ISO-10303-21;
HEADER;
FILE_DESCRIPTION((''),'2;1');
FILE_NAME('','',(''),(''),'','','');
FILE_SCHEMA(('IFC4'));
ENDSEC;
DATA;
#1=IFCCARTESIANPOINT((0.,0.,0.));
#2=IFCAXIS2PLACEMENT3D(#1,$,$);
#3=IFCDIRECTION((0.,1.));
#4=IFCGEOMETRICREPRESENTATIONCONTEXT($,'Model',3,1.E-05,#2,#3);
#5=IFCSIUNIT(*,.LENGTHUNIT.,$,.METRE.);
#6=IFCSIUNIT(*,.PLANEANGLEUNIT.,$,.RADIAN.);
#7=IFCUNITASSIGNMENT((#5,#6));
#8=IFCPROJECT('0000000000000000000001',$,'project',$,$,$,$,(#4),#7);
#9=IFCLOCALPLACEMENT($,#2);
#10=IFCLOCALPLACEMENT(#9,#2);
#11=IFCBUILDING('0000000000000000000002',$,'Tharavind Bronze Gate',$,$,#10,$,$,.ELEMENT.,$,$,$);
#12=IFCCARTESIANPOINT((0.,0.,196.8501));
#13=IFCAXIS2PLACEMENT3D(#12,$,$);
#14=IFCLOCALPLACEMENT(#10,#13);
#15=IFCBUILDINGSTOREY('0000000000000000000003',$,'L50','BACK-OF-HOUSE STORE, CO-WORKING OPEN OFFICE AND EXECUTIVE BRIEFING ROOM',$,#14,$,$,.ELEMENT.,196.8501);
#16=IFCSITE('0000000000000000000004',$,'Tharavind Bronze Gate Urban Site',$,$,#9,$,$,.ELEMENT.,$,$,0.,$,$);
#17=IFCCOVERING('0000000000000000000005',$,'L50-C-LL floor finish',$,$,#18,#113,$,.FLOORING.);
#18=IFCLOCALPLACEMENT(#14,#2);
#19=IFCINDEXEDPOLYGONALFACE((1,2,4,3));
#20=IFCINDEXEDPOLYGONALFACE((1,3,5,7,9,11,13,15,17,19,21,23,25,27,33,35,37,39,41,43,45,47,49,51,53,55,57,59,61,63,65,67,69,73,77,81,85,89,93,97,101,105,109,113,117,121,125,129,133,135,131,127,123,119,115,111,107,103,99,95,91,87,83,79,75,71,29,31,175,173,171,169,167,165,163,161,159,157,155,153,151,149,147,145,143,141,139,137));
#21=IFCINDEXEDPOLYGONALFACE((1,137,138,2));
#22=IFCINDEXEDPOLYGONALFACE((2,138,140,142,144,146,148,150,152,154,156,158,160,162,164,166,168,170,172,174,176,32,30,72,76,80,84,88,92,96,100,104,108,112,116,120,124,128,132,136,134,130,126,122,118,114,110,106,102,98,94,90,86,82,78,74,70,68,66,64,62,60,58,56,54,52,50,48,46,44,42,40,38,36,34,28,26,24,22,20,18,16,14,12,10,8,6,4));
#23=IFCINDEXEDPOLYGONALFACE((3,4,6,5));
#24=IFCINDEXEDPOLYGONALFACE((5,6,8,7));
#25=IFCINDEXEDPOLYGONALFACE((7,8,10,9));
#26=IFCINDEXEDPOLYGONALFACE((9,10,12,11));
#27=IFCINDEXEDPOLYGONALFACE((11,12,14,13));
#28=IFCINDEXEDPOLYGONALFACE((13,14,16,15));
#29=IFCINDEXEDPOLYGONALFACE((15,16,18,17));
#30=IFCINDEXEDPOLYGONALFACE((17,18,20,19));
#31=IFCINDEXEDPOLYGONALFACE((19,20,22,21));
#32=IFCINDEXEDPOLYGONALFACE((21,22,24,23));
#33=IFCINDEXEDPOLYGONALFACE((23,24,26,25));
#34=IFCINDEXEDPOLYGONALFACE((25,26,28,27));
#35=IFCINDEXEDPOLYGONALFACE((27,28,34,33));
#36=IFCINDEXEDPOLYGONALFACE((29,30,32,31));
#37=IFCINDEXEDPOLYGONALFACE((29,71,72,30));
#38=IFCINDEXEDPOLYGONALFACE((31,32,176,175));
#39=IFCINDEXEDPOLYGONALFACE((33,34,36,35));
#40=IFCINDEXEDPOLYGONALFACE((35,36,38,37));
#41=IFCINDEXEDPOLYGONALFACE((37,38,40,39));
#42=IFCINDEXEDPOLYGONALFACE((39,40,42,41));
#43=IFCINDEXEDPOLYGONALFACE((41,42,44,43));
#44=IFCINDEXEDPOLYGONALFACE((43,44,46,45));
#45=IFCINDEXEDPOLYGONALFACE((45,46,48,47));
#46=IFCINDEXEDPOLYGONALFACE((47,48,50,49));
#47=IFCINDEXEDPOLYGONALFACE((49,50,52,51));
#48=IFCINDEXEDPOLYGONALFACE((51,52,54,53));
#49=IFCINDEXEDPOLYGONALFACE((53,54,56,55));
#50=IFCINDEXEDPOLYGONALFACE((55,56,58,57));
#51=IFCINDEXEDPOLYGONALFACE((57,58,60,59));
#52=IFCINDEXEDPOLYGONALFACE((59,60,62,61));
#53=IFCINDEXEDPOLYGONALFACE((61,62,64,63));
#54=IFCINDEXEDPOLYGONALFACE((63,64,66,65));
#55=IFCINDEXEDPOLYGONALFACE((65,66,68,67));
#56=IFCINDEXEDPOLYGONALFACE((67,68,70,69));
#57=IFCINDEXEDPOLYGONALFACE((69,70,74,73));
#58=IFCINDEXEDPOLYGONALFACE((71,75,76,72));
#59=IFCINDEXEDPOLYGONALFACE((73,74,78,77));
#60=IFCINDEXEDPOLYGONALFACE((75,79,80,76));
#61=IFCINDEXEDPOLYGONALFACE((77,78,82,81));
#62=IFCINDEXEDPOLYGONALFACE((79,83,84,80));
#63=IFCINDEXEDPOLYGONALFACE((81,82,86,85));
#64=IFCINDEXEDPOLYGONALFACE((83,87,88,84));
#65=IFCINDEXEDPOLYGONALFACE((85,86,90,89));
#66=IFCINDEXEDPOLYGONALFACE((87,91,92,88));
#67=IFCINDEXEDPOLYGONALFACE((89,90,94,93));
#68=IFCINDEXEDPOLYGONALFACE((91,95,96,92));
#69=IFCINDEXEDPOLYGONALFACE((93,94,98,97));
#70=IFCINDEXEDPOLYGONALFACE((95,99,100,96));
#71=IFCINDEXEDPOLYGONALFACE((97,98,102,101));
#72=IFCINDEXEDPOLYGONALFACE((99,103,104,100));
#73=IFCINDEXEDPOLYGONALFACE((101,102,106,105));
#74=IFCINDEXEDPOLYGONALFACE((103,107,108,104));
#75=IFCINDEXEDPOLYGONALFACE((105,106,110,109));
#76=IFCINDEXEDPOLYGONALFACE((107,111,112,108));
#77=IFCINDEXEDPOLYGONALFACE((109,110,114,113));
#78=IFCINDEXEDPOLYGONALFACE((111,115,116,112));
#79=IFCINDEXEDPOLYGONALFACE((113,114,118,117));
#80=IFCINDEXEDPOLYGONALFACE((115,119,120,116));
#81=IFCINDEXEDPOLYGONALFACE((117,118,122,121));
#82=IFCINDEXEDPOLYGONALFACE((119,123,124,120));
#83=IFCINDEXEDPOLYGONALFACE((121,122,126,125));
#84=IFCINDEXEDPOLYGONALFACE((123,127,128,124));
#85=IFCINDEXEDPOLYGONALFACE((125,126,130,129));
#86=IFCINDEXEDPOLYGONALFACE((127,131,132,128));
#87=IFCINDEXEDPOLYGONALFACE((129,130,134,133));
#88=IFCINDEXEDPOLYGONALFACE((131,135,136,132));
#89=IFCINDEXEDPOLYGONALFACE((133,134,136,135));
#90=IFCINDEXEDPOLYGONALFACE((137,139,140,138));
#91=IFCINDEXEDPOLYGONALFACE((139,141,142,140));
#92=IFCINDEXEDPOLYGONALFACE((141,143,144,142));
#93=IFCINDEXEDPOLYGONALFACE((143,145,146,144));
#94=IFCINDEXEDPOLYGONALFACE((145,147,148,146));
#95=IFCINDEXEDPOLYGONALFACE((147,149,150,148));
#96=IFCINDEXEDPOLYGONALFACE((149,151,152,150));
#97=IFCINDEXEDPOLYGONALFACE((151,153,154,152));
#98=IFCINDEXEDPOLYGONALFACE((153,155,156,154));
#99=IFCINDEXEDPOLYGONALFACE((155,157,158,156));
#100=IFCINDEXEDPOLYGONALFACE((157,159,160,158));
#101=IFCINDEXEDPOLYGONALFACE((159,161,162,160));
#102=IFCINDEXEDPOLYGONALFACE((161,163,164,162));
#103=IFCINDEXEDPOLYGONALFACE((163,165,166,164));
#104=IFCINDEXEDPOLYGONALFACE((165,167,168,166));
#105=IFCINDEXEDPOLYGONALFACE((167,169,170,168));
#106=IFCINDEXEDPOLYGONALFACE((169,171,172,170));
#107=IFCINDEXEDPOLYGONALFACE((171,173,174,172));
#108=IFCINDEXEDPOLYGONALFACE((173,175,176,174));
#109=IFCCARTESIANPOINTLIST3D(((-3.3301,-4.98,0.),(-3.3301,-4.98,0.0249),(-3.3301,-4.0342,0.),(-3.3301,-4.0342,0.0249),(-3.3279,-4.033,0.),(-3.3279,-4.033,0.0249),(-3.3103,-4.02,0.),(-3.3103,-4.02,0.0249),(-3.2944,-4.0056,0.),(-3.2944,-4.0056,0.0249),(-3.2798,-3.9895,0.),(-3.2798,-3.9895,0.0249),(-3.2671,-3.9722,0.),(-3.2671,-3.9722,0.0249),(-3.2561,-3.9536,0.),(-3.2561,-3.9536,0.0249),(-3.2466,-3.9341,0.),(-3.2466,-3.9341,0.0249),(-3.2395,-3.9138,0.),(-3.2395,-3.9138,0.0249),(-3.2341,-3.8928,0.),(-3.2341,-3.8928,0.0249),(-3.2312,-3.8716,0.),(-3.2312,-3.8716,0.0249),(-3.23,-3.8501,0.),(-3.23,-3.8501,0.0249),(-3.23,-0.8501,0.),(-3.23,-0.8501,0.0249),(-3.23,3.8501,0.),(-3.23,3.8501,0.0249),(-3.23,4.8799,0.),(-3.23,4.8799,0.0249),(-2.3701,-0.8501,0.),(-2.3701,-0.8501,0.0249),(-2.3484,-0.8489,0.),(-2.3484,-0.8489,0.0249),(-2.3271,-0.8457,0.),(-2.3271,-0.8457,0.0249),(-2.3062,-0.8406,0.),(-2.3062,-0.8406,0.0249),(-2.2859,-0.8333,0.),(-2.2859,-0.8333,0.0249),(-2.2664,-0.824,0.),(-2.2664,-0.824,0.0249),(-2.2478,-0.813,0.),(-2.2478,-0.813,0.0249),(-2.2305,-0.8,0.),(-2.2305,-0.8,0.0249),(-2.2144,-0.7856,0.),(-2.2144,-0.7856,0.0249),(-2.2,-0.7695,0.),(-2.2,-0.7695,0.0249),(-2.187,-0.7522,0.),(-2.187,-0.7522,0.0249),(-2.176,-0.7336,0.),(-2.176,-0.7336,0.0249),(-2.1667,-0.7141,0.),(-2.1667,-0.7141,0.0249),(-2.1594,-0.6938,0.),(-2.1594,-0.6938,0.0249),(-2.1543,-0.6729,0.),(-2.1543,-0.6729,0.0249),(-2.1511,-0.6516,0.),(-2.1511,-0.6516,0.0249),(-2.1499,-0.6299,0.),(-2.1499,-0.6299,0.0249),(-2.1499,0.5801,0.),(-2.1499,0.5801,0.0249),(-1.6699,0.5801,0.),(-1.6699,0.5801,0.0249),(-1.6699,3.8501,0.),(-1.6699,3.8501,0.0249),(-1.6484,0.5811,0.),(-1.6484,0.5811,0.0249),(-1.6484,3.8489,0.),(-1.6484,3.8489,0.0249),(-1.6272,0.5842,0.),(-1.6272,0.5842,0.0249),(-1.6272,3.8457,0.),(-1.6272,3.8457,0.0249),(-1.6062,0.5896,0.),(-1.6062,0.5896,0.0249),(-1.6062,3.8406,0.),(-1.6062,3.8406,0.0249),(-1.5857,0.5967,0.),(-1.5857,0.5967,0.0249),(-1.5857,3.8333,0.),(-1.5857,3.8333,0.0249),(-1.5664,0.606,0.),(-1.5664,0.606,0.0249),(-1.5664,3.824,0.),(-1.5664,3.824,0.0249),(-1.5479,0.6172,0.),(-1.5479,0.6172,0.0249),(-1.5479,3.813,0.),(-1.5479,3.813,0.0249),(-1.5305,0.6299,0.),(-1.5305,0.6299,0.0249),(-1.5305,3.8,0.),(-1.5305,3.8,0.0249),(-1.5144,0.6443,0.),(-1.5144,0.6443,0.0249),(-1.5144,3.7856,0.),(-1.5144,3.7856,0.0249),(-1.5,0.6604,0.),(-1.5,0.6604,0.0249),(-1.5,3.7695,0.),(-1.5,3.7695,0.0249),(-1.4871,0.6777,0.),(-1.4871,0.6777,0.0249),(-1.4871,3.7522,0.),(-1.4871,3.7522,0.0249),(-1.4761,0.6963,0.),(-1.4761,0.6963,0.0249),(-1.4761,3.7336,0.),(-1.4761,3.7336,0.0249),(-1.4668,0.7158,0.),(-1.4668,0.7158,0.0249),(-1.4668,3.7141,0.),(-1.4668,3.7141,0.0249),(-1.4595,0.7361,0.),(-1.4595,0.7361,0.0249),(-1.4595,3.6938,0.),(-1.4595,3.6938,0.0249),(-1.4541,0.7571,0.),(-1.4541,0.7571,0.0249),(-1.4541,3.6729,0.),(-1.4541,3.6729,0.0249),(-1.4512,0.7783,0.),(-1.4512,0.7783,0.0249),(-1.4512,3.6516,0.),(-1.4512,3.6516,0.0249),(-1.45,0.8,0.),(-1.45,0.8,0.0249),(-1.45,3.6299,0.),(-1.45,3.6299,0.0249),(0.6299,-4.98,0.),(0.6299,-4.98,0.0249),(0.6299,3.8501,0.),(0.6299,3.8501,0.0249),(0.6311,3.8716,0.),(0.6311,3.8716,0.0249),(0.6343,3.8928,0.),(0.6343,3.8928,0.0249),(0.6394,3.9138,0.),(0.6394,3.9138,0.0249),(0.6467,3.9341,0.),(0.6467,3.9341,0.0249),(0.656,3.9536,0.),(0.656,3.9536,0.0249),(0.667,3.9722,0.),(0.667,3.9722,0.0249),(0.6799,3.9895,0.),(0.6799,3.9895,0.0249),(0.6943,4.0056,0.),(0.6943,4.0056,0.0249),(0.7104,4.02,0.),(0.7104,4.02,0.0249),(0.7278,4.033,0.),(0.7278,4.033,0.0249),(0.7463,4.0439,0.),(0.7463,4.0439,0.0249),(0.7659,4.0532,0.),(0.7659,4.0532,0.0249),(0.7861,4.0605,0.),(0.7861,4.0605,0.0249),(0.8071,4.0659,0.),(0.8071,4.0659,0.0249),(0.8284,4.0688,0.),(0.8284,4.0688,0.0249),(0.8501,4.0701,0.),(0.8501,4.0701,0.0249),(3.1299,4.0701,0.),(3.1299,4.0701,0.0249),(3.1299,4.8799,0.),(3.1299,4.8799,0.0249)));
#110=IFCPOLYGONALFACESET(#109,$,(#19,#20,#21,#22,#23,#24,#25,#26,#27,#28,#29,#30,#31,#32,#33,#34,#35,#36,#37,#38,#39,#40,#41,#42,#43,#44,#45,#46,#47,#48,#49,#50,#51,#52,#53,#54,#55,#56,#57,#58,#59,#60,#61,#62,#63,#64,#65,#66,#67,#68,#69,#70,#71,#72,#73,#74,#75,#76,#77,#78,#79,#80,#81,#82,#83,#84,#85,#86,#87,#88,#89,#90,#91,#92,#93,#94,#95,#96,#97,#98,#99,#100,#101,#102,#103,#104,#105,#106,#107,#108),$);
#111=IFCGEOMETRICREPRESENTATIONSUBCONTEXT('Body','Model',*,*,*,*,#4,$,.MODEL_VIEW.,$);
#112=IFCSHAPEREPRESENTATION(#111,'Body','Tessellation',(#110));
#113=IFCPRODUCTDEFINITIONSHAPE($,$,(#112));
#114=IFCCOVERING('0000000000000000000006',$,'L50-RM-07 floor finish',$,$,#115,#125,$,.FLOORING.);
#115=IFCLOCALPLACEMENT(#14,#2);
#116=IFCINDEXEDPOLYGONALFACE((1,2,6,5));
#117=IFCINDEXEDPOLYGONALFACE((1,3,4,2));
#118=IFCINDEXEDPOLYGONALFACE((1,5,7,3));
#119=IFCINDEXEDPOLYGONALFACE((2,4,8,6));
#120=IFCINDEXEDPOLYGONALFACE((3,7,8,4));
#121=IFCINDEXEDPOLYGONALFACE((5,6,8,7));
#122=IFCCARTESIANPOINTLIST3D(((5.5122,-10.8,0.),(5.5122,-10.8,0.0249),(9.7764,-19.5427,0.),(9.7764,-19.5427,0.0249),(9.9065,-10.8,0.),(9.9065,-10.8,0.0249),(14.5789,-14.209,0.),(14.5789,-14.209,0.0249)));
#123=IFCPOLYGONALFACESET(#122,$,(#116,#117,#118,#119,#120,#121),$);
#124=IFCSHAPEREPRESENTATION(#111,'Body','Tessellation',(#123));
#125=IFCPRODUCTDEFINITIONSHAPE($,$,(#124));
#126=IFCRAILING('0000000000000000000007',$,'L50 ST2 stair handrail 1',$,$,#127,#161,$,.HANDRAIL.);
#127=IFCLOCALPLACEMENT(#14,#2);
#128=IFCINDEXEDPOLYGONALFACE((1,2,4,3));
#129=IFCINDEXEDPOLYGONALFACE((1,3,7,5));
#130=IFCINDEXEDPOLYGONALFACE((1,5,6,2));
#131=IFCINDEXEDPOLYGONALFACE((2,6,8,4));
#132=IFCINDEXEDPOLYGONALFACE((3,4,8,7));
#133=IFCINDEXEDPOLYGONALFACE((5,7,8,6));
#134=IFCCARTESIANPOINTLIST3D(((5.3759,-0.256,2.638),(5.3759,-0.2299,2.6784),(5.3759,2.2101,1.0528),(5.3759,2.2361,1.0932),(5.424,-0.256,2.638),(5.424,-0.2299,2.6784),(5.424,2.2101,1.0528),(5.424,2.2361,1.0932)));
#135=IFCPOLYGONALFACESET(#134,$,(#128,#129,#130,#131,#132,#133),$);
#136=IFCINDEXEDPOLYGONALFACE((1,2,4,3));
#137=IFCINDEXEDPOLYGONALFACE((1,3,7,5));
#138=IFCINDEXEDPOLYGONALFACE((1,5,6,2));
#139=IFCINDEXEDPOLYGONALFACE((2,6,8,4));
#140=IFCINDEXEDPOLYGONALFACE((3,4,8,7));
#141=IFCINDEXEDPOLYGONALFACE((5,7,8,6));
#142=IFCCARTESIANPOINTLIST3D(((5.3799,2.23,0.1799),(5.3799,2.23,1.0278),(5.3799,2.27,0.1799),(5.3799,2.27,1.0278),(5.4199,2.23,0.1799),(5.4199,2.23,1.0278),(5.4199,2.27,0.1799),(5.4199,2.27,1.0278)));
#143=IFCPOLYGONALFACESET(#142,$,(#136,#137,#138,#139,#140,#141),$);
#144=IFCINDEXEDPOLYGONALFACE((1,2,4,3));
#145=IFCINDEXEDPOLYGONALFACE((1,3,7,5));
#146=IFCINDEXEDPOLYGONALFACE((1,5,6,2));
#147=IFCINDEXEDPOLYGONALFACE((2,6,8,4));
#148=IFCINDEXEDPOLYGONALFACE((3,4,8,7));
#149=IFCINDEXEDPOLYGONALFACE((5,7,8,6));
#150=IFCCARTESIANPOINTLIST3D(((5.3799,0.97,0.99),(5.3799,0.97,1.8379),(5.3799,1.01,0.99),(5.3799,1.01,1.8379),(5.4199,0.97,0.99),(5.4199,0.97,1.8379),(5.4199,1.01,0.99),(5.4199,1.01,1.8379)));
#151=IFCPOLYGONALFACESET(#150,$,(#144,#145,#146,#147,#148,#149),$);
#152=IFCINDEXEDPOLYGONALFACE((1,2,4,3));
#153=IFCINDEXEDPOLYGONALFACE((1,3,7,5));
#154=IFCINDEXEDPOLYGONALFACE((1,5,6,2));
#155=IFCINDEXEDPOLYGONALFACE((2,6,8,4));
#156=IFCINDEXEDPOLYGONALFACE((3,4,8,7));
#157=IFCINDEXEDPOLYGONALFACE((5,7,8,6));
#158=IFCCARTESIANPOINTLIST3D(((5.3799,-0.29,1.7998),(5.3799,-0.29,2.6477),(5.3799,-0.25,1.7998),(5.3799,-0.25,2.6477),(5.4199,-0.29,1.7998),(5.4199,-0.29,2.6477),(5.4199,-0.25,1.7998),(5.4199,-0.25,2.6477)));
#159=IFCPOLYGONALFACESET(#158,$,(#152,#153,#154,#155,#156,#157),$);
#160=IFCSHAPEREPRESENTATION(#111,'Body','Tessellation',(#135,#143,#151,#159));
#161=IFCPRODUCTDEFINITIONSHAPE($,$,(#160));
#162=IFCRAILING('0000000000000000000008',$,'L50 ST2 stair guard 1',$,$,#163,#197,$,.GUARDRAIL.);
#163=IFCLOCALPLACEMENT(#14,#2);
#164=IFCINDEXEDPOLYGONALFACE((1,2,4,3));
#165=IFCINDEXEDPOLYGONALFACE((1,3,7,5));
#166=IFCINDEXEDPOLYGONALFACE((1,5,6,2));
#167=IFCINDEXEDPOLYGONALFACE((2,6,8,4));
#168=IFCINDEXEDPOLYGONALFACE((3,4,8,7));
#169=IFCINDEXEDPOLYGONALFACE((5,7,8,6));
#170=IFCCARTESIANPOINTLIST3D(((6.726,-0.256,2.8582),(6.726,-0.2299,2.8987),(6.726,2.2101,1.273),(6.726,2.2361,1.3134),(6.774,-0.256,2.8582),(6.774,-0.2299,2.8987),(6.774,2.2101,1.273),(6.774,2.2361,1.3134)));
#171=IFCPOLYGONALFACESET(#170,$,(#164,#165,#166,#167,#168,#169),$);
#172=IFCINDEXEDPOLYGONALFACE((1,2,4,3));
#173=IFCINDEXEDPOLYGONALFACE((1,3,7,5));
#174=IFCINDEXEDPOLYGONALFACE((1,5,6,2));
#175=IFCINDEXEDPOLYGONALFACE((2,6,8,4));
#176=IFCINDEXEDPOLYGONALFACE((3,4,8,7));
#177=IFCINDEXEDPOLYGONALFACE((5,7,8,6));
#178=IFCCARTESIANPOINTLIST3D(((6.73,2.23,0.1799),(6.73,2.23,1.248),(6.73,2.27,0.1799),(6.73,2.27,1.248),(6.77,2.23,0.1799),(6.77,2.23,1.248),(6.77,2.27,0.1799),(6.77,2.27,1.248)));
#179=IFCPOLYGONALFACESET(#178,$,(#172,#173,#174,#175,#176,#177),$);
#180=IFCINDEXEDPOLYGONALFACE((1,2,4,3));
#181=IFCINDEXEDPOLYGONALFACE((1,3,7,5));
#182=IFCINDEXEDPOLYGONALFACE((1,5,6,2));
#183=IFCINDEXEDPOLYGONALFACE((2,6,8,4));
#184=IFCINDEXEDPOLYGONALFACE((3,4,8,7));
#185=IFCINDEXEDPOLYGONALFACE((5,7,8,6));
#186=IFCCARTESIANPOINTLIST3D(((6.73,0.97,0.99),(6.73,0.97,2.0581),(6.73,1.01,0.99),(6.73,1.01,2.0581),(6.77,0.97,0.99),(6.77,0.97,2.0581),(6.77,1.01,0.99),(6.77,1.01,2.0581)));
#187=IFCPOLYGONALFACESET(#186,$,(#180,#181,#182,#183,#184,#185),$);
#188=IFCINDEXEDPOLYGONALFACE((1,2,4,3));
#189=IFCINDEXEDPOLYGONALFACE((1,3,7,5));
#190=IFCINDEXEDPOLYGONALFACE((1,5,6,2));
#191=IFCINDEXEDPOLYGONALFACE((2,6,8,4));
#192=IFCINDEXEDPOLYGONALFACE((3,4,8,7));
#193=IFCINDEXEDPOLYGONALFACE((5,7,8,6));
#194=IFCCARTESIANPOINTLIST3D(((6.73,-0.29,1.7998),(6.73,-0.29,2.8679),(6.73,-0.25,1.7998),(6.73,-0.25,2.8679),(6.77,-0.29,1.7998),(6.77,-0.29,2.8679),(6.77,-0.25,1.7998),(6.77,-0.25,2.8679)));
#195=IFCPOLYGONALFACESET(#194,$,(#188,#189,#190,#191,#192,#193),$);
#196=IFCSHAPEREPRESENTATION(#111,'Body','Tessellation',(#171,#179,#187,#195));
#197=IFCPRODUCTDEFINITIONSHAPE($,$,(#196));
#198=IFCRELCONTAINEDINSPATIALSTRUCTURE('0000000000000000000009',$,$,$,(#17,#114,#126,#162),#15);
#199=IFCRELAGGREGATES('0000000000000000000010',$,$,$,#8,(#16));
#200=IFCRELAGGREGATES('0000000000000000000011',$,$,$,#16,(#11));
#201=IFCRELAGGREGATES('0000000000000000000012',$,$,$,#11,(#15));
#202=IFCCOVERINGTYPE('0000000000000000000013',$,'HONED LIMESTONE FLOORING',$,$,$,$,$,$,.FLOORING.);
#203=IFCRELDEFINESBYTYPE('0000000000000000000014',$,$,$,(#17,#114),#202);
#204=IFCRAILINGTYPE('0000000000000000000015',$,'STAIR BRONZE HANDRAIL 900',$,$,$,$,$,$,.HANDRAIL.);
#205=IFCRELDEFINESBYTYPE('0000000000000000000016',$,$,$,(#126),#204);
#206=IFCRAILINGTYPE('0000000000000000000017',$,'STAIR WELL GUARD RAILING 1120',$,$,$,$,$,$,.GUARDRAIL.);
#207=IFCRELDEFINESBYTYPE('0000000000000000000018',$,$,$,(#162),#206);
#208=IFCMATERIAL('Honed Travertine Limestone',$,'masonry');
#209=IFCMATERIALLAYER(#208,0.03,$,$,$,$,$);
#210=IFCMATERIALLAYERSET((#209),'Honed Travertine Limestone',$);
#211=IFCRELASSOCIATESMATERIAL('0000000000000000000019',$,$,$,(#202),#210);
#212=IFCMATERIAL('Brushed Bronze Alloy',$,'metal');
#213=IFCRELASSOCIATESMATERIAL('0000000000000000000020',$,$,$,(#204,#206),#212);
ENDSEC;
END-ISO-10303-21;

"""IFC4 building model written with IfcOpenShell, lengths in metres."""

from ifc_helpers import new_model, si_unit, direction, frame, origin, origin_2d, place, context, subcontext, project, spatial, polyline, rectangle, outline, extrude, material, layer, layer_set, type_object, element, save


model = new_model("IFC4")

# Units and contexts
model_context = context("Model", 3, precision=1e-05, world=origin(), true_north=direction((0.0, 1.0)))
body_context = subcontext(model_context, "Body", "Model", "MODEL_VIEW")
ifc_project = project(units=[si_unit("LENGTHUNIT", "METRE"), si_unit("PLANEANGLEUNIT", "RADIAN")], contexts=[model_context])

# Site, building, storey
site_placement = place(None, origin())
site = spatial("IfcSite", under=ifc_project, at=site_placement, Name="Tharavind Bronze Gate Urban Site", CompositionType="ELEMENT", RefElevation=0.0)
building_placement = place(site_placement, origin())
building = spatial("IfcBuilding", under=site, at=building_placement, Name="Tharavind Bronze Gate", CompositionType="ELEMENT")
storey_placement = place(building_placement, frame((0.0, 0.0, 196.8501)))
storey = spatial("IfcBuildingStorey", under=building, at=storey_placement, Name="L50", Description="BACK-OF-HOUSE STORE, CO-WORKING OPEN OFFICE AND EXECUTIVE BRIEFING ROOM", CompositionType="ELEMENT", Elevation=196.8501)

# Coverings
ifc_material_1 = material(Name="Honed Travertine Limestone", Category="masonry")
ifc_layer_1 = layer(ifc_material_1, 0.03)
ifc_layer_set_1 = layer_set([ifc_layer_1], Name="Honed Travertine Limestone")
covering_type_1 = type_object("IfcCoveringType", Name="HONED LIMESTONE FLOORING", PredefinedType="FLOORING", material=ifc_layer_set_1)
covering_1_placement = place(storey_placement, origin())
element("IfcCovering", 1, at=covering_1_placement, inside=storey, type_object=covering_type_1, Name="L50-C-LL floor finish", PredefinedType="FLOORING", context=body_context, shape_type="SweptSolid", body=[
    extrude(outline(polyline([(-3.3301, -4.98), (0.6299, -4.98), (0.6299, 3.8501), (0.6311, 3.8716), (0.6343, 3.8928), (0.6394, 3.9138), (0.6467, 3.9341), (0.656, 3.9536), (0.667, 3.9722), (0.6799, 3.9895), (0.6943, 4.0056), (0.7104, 4.02), (0.7278, 4.033), (0.7463, 4.0439), (0.7659, 4.0532), (0.7861, 4.0605), (0.8071, 4.0659), (0.8284, 4.0688), (0.8501, 4.0701), (3.1299, 4.0701), (3.1299, 4.8799), (-3.23, 4.8799), (-3.23, 3.8501), (-1.6699, 3.8501), (-1.6484, 3.8489), (-1.6272, 3.8457), (-1.6062, 3.8406), (-1.5857, 3.8333), (-1.5664, 3.824), (-1.5479, 3.813), (-1.5305, 3.8), (-1.5144, 3.7856), (-1.5, 3.7695), (-1.4871, 3.7522), (-1.4761, 3.7336), (-1.4668, 3.7141), (-1.4595, 3.6938), (-1.4541, 3.6729), (-1.4512, 3.6516), (-1.45, 3.6299), (-1.45, 0.8), (-1.4512, 0.7783), (-1.4541, 0.7571), (-1.4595, 0.7361), (-1.4668, 0.7158), (-1.4761, 0.6963), (-1.4871, 0.6777), (-1.5, 0.6604), (-1.5144, 0.6443), (-1.5305, 0.6299), (-1.5479, 0.6172), (-1.5664, 0.606), (-1.5857, 0.5967), (-1.6062, 0.5896), (-1.6272, 0.5842), (-1.6484, 0.5811), (-1.6699, 0.5801), (-2.1499, 0.5801), (-2.1499, -0.6299), (-2.1511, -0.6516), (-2.1543, -0.6729), (-2.1594, -0.6938), (-2.1667, -0.7141), (-2.176, -0.7336), (-2.187, -0.7522), (-2.2, -0.7695), (-2.2144, -0.7856), (-2.2305, -0.8), (-2.2478, -0.813), (-2.2664, -0.824), (-2.2859, -0.8333), (-2.3062, -0.8406), (-2.3271, -0.8457), (-2.3484, -0.8489), (-2.3701, -0.8501), (-3.23, -0.8501), (-3.23, -3.8501), (-3.2312, -3.8716), (-3.2341, -3.8928), (-3.2395, -3.9138), (-3.2466, -3.9341), (-3.2561, -3.9536), (-3.2671, -3.9722), (-3.2798, -3.9895), (-3.2944, -4.0056), (-3.3103, -4.02), (-3.3279, -4.033), (-3.3301, -4.0342), (-3.3301, -4.98)])), origin(), (0.0, 0.0, 1.0), 0.0249),
])
covering_2_placement = place(storey_placement, origin())
element("IfcCovering", 2, at=covering_2_placement, inside=storey, type_object=covering_type_1, Name="L50-RM-07 floor finish", PredefinedType="FLOORING", context=body_context, shape_type="SweptSolid", body=[
    extrude(outline(polyline([(9.7764, -19.5427), (14.5789, -14.209), (9.9065, -10.8), (5.5122, -10.8), (9.7764, -19.5427)])), origin(), (0.0, 0.0, 1.0), 0.0249),
])

# Railings
ifc_material_2 = material(Name="Brushed Bronze Alloy", Category="metal")
railing_type_1 = type_object("IfcRailingType", Name="STAIR BRONZE HANDRAIL 900", PredefinedType="HANDRAIL", material=ifc_material_2)
railing_1_placement = place(storey_placement, frame((5.3999, 2.25, 0.1799)))
element("IfcRailing", 3, at=railing_1_placement, inside=storey, type_object=railing_type_1, Name="L50 ST2 stair handrail 1", PredefinedType="HANDRAIL", context=body_context, shape_type="SweptSolid", body=[
    extrude(rectangle(XDim=0.0481, YDim=0.0481, at=origin_2d()), frame((0.0, -0.0269, 0.8931), z_axis=(0.0, -0.8412, 0.540725), x_axis=(1.0, 0.0, 0.0)), (0.0, 0.0, 1.0), 2.9316),
    extrude(rectangle(XDim=0.04, YDim=0.04, at=origin_2d()), origin(), (0.0, 0.0, 1.0), 0.8479),
    extrude(rectangle(XDim=0.04, YDim=0.04, at=origin_2d()), frame((0.0, -1.26, 0.8101)), (0.0, 0.0, 1.0), 0.8479),
    extrude(rectangle(XDim=0.04, YDim=0.04, at=origin_2d()), frame((0.0, -2.52, 1.6199)), (0.0, 0.0, 1.0), 0.8479),
])
railing_type_2 = type_object("IfcRailingType", Name="STAIR WELL GUARD RAILING 1120", PredefinedType="GUARDRAIL", material=ifc_material_2)
railing_2_placement = place(storey_placement, frame((6.75, 2.25, 0.1799)))
element("IfcRailing", 4, at=railing_2_placement, inside=storey, type_object=railing_type_2, Name="L50 ST2 stair guard 1", PredefinedType="GUARDRAIL", context=body_context, shape_type="SweptSolid", body=[
    extrude(rectangle(XDim=0.0481, YDim=0.0481, at=origin_2d()), frame((0.0, -0.0269, 1.1133), z_axis=(0.0, -0.8412, 0.540725), x_axis=(1.0, 0.0, 0.0)), (0.0, 0.0, 1.0), 2.9316),
    extrude(rectangle(XDim=0.04, YDim=0.04, at=origin_2d()), origin(), (0.0, 0.0, 1.0), 1.0681),
    extrude(rectangle(XDim=0.04, YDim=0.04, at=origin_2d()), frame((0.0, -1.26, 0.8101)), (0.0, 0.0, 1.0), 1.0681),
    extrude(rectangle(XDim=0.04, YDim=0.04, at=origin_2d()), frame((0.0, -2.52, 1.6199)), (0.0, 0.0, 1.0), 1.0681),
])

save(model, "model.ifc")
